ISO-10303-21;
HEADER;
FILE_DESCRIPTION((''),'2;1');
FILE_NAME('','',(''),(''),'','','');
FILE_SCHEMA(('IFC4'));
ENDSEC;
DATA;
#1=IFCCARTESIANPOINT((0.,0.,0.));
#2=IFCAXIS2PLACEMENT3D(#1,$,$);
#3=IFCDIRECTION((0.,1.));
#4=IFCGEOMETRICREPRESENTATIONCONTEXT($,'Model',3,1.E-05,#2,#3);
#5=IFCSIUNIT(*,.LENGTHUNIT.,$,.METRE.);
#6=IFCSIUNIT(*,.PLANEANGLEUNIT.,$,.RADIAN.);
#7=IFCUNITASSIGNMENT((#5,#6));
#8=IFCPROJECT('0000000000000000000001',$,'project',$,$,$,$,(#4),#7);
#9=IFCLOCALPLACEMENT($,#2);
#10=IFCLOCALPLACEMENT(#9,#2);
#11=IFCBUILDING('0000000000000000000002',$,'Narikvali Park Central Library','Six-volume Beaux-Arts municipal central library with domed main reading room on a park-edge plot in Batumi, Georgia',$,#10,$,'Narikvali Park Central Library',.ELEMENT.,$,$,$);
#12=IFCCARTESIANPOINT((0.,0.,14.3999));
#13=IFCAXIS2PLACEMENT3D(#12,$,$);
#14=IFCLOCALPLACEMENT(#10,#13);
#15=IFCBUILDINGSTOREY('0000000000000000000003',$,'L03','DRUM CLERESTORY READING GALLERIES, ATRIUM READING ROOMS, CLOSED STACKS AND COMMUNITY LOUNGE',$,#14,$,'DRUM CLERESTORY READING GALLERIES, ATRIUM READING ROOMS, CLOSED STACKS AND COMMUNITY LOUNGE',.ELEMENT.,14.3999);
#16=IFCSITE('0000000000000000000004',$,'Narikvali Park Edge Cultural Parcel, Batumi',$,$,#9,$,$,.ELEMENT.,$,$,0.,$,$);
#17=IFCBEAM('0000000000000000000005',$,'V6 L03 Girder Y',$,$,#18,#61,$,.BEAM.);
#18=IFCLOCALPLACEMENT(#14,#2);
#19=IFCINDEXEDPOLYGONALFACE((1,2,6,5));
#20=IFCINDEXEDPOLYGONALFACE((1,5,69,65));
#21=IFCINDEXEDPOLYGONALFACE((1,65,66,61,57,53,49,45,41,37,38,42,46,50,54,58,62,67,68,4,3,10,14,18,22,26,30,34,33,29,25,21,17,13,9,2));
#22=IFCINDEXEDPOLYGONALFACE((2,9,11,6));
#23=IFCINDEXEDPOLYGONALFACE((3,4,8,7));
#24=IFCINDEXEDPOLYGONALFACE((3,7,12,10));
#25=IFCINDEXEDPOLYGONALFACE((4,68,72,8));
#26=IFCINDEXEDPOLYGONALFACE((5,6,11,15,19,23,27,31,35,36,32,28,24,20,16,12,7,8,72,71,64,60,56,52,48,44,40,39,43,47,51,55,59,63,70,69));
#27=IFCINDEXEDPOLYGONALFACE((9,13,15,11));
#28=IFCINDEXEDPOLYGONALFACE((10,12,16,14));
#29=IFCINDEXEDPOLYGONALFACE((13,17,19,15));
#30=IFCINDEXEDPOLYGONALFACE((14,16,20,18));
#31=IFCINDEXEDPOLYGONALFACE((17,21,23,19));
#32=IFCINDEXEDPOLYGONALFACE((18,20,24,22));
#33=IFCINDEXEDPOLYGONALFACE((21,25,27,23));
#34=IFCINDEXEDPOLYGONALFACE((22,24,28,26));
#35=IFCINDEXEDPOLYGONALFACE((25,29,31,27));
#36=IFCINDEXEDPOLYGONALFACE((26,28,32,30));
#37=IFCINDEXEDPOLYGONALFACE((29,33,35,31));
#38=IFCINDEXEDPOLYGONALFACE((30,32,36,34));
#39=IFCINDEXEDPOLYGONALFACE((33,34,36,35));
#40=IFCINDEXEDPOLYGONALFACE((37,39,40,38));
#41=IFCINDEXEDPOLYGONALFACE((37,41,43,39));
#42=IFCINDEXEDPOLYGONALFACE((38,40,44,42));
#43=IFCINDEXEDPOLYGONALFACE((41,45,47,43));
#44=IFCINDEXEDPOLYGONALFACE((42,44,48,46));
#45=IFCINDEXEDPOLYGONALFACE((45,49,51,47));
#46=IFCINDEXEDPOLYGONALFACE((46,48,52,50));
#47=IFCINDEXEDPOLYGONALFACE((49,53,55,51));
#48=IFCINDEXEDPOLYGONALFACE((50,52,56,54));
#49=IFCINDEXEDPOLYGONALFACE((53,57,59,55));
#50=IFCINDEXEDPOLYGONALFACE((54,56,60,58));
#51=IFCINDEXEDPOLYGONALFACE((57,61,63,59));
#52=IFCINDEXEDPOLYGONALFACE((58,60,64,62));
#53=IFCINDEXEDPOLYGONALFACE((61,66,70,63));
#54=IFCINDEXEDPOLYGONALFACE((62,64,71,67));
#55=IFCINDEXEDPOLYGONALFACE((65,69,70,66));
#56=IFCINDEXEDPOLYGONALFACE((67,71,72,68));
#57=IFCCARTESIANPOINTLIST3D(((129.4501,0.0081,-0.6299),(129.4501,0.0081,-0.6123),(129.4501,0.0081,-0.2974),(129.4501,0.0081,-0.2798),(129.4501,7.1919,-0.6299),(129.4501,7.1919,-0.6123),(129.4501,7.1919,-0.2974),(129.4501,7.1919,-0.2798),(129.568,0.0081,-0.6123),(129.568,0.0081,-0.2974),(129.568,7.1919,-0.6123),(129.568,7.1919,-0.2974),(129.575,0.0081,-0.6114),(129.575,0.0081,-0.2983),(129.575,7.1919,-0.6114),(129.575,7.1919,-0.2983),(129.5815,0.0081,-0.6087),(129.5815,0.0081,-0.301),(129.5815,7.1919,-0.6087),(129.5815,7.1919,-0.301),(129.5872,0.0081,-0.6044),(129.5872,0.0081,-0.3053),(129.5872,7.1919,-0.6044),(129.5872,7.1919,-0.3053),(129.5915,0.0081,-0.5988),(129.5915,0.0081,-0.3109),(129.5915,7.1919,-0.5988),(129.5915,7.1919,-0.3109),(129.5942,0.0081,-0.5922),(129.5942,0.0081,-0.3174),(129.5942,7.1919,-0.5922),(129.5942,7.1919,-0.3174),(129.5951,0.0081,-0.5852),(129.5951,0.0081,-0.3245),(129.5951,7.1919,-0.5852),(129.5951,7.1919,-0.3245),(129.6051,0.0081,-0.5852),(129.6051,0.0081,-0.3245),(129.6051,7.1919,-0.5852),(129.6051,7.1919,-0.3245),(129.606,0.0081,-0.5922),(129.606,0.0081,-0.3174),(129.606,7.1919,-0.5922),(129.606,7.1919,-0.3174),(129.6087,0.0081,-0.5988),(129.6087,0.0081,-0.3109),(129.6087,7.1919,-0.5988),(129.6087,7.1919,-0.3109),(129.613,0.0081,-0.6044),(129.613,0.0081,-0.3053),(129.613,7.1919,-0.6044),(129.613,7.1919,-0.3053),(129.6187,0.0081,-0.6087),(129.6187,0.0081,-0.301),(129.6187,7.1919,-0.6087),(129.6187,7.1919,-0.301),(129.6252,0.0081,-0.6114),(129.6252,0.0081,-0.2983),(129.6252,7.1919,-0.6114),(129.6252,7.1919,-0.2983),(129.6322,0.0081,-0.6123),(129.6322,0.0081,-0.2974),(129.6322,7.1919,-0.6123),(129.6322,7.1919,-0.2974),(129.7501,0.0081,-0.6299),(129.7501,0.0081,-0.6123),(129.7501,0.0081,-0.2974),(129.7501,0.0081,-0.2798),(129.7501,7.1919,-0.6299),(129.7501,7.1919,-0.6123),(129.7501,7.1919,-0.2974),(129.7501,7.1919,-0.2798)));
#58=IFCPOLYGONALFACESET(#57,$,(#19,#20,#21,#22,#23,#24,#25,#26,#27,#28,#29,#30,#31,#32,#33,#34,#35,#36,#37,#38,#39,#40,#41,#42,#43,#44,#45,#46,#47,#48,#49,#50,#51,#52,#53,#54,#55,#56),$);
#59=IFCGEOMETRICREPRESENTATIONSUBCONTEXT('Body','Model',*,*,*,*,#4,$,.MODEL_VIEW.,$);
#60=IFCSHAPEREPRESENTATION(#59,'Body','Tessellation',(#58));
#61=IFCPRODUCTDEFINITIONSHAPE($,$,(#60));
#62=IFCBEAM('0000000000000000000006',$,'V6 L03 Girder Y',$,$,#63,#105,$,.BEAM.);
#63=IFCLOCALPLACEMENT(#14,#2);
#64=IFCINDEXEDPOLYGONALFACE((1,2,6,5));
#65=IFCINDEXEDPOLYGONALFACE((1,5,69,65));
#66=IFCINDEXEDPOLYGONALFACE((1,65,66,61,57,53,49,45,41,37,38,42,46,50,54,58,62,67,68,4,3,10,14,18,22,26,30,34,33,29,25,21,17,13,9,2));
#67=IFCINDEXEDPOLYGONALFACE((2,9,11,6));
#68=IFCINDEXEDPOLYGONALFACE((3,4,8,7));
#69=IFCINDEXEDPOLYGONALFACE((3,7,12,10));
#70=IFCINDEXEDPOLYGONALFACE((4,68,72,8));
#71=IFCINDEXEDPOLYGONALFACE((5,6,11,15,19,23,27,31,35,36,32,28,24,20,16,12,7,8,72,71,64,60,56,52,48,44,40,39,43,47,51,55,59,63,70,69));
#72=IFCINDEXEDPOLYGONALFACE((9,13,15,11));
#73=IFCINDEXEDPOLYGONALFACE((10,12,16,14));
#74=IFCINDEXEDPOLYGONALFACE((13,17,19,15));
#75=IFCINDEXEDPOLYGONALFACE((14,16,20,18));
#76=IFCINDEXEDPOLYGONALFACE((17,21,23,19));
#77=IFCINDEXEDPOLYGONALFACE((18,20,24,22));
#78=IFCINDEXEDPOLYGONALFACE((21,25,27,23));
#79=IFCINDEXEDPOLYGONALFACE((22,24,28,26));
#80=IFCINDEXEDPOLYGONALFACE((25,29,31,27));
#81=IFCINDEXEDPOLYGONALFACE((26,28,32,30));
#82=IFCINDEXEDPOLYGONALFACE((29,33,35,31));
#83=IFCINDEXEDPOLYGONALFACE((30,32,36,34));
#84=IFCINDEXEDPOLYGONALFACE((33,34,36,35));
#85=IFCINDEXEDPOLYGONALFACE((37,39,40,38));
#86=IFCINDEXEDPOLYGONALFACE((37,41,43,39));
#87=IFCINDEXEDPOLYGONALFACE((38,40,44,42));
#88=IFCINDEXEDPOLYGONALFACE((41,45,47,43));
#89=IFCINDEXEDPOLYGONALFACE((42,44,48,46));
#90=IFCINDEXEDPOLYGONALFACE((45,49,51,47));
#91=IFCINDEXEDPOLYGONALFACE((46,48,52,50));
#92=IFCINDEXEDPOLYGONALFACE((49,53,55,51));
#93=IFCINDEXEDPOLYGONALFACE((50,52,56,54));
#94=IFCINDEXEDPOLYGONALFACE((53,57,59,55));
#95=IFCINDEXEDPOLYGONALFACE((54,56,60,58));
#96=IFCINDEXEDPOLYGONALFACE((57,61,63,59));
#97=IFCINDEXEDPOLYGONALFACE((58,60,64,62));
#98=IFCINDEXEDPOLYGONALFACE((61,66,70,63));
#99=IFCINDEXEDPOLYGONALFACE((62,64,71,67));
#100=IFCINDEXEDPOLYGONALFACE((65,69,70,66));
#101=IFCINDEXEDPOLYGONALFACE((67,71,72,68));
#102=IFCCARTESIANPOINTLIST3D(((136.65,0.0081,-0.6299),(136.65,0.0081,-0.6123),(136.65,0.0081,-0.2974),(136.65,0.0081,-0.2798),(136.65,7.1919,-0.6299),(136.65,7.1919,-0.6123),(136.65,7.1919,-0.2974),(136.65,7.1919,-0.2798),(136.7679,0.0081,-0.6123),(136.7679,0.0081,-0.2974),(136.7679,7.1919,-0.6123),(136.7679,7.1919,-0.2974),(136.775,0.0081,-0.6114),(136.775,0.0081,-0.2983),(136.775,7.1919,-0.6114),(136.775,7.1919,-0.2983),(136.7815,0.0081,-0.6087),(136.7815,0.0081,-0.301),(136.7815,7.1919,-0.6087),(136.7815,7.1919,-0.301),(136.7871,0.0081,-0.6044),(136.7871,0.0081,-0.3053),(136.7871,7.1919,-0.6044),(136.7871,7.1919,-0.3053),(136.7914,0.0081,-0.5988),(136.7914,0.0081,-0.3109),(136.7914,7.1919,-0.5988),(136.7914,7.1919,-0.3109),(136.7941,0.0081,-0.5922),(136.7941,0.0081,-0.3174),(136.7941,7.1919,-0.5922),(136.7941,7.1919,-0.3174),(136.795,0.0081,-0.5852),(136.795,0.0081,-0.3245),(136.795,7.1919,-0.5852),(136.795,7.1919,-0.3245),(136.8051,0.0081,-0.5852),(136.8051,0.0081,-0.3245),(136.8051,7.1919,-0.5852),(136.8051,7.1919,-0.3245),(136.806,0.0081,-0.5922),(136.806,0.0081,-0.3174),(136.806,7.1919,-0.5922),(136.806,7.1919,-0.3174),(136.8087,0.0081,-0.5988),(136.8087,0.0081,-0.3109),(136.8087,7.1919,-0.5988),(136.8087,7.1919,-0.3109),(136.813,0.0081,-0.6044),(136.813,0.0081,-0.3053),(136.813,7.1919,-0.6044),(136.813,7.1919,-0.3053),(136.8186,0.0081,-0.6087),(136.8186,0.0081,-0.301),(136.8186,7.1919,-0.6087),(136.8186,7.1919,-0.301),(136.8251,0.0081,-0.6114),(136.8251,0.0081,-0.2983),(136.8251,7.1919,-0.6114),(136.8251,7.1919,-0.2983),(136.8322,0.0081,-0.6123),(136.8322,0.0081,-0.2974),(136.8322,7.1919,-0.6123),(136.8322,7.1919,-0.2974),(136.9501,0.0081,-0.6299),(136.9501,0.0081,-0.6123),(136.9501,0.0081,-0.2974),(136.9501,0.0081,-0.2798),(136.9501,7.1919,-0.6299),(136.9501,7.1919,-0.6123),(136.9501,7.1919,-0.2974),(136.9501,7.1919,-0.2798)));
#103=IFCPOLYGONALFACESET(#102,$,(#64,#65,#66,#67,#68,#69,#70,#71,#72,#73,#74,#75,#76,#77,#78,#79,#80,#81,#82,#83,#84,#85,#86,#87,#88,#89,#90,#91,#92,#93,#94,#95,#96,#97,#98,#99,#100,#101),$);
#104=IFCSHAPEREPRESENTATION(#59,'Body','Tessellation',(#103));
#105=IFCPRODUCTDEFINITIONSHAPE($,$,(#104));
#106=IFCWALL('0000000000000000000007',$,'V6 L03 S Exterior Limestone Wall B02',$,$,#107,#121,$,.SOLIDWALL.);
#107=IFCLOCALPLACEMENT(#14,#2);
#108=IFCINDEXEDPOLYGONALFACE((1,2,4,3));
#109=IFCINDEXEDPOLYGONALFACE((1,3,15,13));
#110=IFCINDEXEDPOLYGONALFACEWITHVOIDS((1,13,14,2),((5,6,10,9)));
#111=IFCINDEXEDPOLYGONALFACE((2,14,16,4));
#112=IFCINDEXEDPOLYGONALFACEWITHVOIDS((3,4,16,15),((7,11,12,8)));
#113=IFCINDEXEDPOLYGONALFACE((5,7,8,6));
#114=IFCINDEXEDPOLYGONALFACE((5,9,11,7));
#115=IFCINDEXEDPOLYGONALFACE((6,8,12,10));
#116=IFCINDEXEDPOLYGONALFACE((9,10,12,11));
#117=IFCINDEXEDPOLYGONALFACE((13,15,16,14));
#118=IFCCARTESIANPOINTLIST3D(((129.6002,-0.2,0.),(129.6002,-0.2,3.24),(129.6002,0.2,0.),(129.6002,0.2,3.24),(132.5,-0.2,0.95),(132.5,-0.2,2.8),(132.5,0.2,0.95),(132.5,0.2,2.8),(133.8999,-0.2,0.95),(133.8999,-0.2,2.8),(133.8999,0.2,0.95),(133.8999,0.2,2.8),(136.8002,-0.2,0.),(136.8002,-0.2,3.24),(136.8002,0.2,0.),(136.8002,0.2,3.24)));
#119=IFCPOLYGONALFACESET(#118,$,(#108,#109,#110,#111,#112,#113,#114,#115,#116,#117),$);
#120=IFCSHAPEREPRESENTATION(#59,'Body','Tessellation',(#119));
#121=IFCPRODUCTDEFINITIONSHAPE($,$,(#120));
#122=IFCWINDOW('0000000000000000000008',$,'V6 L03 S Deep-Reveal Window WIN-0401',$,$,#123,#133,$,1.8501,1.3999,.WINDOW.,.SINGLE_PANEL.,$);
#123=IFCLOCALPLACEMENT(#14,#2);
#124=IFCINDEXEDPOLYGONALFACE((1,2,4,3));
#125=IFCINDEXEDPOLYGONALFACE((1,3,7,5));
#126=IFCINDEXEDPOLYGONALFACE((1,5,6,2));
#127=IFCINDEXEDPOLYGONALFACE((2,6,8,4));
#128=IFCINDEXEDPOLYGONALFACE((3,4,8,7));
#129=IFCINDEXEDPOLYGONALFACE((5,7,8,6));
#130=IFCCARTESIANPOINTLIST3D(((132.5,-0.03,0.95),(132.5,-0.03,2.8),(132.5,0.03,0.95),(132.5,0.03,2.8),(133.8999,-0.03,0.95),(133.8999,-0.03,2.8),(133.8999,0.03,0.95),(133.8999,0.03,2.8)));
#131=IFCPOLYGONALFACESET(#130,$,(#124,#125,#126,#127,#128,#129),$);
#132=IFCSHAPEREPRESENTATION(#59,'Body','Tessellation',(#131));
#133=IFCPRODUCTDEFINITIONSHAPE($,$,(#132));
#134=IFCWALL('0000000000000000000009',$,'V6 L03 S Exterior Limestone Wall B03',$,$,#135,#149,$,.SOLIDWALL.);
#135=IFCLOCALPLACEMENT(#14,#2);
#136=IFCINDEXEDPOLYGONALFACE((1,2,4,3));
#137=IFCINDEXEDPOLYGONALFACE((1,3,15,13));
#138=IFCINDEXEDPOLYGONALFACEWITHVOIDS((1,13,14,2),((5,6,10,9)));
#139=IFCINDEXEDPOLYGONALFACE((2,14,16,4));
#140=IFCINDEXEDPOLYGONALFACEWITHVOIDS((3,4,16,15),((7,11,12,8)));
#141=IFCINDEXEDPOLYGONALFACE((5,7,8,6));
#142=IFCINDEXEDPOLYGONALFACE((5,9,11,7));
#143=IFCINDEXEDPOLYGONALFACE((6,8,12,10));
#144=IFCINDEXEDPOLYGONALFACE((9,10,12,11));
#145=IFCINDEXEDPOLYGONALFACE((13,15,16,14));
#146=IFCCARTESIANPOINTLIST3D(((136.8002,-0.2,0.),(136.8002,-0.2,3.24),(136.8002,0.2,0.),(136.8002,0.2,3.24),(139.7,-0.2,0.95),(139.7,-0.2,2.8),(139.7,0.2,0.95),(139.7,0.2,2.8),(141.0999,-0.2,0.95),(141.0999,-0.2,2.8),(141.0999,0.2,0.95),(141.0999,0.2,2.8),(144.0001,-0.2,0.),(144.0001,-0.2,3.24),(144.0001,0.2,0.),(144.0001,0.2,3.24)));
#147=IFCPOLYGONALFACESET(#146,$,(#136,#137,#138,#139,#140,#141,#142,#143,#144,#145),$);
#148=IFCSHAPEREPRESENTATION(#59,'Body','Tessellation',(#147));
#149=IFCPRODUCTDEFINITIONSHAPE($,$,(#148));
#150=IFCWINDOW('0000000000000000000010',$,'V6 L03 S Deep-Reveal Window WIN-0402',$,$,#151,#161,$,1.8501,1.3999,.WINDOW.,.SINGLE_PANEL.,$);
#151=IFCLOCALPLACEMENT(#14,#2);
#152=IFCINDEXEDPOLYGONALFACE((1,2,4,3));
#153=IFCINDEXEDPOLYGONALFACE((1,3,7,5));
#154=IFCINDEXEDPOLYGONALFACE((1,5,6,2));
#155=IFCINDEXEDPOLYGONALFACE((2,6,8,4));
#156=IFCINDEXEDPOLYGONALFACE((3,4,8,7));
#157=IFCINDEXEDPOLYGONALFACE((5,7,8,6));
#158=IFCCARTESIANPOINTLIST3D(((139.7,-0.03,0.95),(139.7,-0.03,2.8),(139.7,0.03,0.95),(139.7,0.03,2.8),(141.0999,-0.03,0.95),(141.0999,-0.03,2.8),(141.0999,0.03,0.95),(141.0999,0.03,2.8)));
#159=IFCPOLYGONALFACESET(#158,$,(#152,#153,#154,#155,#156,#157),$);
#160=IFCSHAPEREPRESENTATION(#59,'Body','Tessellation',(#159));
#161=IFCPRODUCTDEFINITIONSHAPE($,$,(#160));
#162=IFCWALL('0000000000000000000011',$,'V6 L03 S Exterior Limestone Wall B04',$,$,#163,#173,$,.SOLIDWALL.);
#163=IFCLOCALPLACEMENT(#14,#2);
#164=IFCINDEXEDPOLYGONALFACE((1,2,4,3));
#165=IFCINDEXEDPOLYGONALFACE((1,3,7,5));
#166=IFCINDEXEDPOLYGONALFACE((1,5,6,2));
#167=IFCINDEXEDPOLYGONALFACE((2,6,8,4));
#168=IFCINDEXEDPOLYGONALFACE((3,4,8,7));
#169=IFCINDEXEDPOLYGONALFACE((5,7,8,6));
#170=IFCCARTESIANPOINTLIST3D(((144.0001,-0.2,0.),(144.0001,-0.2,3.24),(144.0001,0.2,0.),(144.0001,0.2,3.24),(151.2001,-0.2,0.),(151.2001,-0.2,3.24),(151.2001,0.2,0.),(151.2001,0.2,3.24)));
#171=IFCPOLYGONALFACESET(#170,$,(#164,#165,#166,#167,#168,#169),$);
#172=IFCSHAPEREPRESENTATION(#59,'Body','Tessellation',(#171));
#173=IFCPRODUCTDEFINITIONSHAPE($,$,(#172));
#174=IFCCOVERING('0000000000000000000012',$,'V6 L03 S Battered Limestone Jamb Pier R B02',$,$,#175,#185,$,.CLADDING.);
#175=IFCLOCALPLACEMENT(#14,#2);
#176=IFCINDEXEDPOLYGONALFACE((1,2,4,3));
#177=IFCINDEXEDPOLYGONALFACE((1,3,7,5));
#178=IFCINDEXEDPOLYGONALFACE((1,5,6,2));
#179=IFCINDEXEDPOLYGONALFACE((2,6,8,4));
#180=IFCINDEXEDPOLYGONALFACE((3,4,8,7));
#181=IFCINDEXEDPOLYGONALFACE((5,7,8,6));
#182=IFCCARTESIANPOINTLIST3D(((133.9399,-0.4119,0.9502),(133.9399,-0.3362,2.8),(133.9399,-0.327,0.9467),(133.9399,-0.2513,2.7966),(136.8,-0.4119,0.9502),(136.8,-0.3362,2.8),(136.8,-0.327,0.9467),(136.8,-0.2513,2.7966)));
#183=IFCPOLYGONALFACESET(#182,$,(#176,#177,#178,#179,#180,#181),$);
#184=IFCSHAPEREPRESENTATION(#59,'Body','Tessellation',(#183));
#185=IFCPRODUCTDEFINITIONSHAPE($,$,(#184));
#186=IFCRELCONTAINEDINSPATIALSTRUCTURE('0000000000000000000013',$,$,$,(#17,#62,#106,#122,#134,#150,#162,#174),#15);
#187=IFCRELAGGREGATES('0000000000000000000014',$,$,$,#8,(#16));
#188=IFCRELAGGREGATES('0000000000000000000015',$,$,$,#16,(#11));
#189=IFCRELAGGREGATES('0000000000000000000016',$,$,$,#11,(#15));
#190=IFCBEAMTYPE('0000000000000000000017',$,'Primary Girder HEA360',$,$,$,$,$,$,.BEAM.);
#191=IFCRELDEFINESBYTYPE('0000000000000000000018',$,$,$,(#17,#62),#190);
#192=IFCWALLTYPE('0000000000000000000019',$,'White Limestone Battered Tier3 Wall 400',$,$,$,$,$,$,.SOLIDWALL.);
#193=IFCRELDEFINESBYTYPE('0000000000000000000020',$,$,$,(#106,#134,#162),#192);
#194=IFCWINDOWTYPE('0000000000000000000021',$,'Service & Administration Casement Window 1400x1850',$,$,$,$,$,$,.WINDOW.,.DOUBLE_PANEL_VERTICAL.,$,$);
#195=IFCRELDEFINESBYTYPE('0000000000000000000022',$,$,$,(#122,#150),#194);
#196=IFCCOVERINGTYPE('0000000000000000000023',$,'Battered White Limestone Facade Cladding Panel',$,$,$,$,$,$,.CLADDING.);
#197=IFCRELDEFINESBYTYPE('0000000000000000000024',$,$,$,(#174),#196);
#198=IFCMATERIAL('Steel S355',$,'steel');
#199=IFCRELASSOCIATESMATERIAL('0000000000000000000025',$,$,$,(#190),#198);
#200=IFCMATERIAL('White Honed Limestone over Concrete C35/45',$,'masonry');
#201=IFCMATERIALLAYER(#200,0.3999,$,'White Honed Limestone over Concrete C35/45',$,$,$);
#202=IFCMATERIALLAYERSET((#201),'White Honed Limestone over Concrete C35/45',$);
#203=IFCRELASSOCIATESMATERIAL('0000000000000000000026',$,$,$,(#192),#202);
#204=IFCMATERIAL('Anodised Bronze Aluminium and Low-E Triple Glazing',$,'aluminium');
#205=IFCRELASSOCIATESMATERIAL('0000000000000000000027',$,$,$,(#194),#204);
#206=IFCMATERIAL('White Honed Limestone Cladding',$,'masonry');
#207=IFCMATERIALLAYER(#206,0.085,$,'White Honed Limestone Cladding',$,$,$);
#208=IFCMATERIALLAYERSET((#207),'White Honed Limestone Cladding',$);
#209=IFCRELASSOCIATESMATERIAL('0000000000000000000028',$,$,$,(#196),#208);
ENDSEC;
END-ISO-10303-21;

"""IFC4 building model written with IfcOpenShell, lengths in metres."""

from ifc_helpers import new_model, si_unit, direction, frame, frame_2d, origin, origin_2d, place, context, subcontext, project, spatial, polyline, rectangle, i_section, outline, extrude, material, layer, layer_set, material_profile, profile_set, type_object, element, fill, save


model = new_model("IFC4")

# Units and contexts
model_context = context("Model", 3, precision=1e-05, world=origin(), true_north=direction((0.0, 1.0)))
body_context = subcontext(model_context, "Body", "Model", "MODEL_VIEW")
ifc_project = project(units=[si_unit("LENGTHUNIT", "METRE"), si_unit("PLANEANGLEUNIT", "RADIAN")], contexts=[model_context])

# Site, building, storey
site_placement = place(None, origin())
site = spatial("IfcSite", under=ifc_project, at=site_placement, Name="Narikvali Park Edge Cultural Parcel, Batumi", CompositionType="ELEMENT", RefElevation=0.0)
building_placement = place(site_placement, origin())
building = spatial("IfcBuilding", under=site, at=building_placement, Name="Narikvali Park Central Library", Description="Six-volume Beaux-Arts municipal central library with domed main reading room on a park-edge plot in Batumi, Georgia", LongName="Narikvali Park Central Library", CompositionType="ELEMENT")
storey_placement = place(building_placement, frame((0.0, 0.0, 14.3999)))
storey = spatial("IfcBuildingStorey", under=building, at=storey_placement, Name="L03", Description="DRUM CLERESTORY READING GALLERIES, ATRIUM READING ROOMS, CLOSED STACKS AND COMMUNITY LOUNGE", LongName="DRUM CLERESTORY READING GALLERIES, ATRIUM READING ROOMS, CLOSED STACKS AND COMMUNITY LOUNGE", CompositionType="ELEMENT", Elevation=14.3999)

# Shared definitions
ifc_material_1 = material(Name="Steel S355", Category="steel")

# Beams
ifc_material_profile_1 = material_profile(ifc_material_1, i_section(OverallWidth=0.3, OverallDepth=0.3501, WebThickness=0.01, FlangeThickness=0.0176, FilletRadius=0.0271, at=origin_2d()), Name="HEA 360")
ifc_profile_set_1 = profile_set([ifc_material_profile_1], Name="Steel S355")
beam_type_1 = type_object("IfcBeamType", Name="Primary Girder HEA360", PredefinedType="BEAM", material=ifc_profile_set_1)
for number, where, z_axis, x_axis, name in (
    (1, (129.6001, 0.0081, -0.4548), (0.0, 1.0, 0.0), (-1.0, 0.0, 0.0), "V6 L03 Girder Y"),
    (2, (136.8, 0.0081, -0.4548), (0.0, 1.0, 0.0), (-1.0, 0.0, 0.0), "V6 L03 Girder Y"),
):
    element("IfcBeam", number, at=place(storey_placement, frame(where, z_axis=z_axis, x_axis=x_axis)), inside=storey, type_object=beam_type_1, Name=name, PredefinedType="BEAM", context=body_context, shape_type="SweptSolid", body=[
        extrude(i_section(OverallWidth=0.3, OverallDepth=0.3501, WebThickness=0.01, FlangeThickness=0.0176, FilletRadius=0.0271, at=origin_2d()), origin(), (0.0, 0.0, 1.0), 7.1838),
    ])

# Walls, openings, windows
ifc_material_2 = material(Name="White Honed Limestone over Concrete C35/45", Category="masonry")
ifc_layer_1 = layer(ifc_material_2, 0.3999, Name="White Honed Limestone over Concrete C35/45")
ifc_layer_set_1 = layer_set([ifc_layer_1], Name="White Honed Limestone over Concrete C35/45")
wall_type = type_object("IfcWallType", Name="White Limestone Battered Tier3 Wall 400", PredefinedType="SOLIDWALL", material=ifc_layer_set_1)
wall_1_placement = place(storey_placement, frame((129.6001, 0.0, 0.0), z_axis=(0.0, 0.0, 1.0), x_axis=(1.0, 0.0, 0.0)))
wall_1 = element("IfcWall", 3, at=wall_1_placement, inside=storey, type_object=wall_type, Name="V6 L03 S Exterior Limestone Wall B02", PredefinedType="SOLIDWALL", context=body_context, shape_type="SweptSolid", body=[
    extrude(rectangle(XDim=7.2, YDim=0.3999, at=frame_2d((3.6001, 0.0))), origin(), (0.0, 0.0, 1.0), 3.24),
])
opening_1_placement = place(wall_1_placement, frame((2.8999, 0.0, 0.95)))
opening_1 = element("IfcOpeningElement", 4, at=opening_1_placement, cuts=wall_1, PredefinedType="OPENING", context=body_context, shape_type="SweptSolid", body=[
    extrude(rectangle(XDim=1.3999, YDim=1.8501, at=frame_2d((0.7, 0.925))), frame((0.0, 0.2119, 0.0), z_axis=(0.0, -1.0, 0.0), x_axis=(1.0, 0.0, 0.0)), (0.0, 0.0, 1.0), 0.4238),
])
ifc_material_3 = material(Name="Anodised Bronze Aluminium and Low-E Triple Glazing", Category="aluminium")
window_type = type_object("IfcWindowType", Name="Service & Administration Casement Window 1400x1850", PartitioningType="DOUBLE_PANEL_VERTICAL", PredefinedType="WINDOW", material=ifc_material_3)
window_1_placement = place(opening_1_placement, origin())
window_1 = element("IfcWindow", 5, at=window_1_placement, inside=storey, type_object=window_type, Name="V6 L03 S Deep-Reveal Window WIN-0401", OverallHeight=1.8501, OverallWidth=1.3999, PartitioningType="SINGLE_PANEL", PredefinedType="WINDOW", context=body_context, shape_type="SweptSolid", body=[
    extrude(rectangle(XDim=1.3999, YDim=1.8501, at=frame_2d((0.7, 0.925))), frame((0.0, 0.03, 0.0), z_axis=(0.0, -1.0, 0.0), x_axis=(1.0, 0.0, 0.0)), (0.0, 0.0, 1.0), 0.0601),
])
fill(opening_1, window_1)
wall_2_placement = place(storey_placement, frame((136.8, 0.0, 0.0), z_axis=(0.0, 0.0, 1.0), x_axis=(1.0, 0.0, 0.0)))
wall_2 = element("IfcWall", 6, at=wall_2_placement, inside=storey, type_object=wall_type, Name="V6 L03 S Exterior Limestone Wall B03", PredefinedType="SOLIDWALL", context=body_context, shape_type="SweptSolid", body=[
    extrude(rectangle(XDim=7.2, YDim=0.3999, at=frame_2d((3.6001, 0.0))), origin(), (0.0, 0.0, 1.0), 3.24),
])
opening_2_placement = place(wall_2_placement, frame((2.8999, 0.0, 0.95)))
opening_2 = element("IfcOpeningElement", 7, at=opening_2_placement, cuts=wall_2, PredefinedType="OPENING", context=body_context, shape_type="SweptSolid", body=[
    extrude(rectangle(XDim=1.3999, YDim=1.8501, at=frame_2d((0.7, 0.925))), frame((0.0, 0.2119, 0.0), z_axis=(0.0, -1.0, 0.0), x_axis=(1.0, 0.0, 0.0)), (0.0, 0.0, 1.0), 0.4238),
])
window_2_placement = place(opening_2_placement, origin())
window_2 = element("IfcWindow", 8, at=window_2_placement, inside=storey, type_object=window_type, Name="V6 L03 S Deep-Reveal Window WIN-0402", OverallHeight=1.8501, OverallWidth=1.3999, PartitioningType="SINGLE_PANEL", PredefinedType="WINDOW", context=body_context, shape_type="SweptSolid", body=[
    extrude(rectangle(XDim=1.3999, YDim=1.8501, at=frame_2d((0.7, 0.925))), frame((0.0, 0.03, 0.0), z_axis=(0.0, -1.0, 0.0), x_axis=(1.0, 0.0, 0.0)), (0.0, 0.0, 1.0), 0.0601),
])
fill(opening_2, window_2)

# Wall
wall_3_placement = place(storey_placement, frame((144.0, 0.0, 0.0), z_axis=(0.0, 0.0, 1.0), x_axis=(1.0, 0.0, 0.0)))
element("IfcWall", 9, at=wall_3_placement, inside=storey, type_object=wall_type, Name="V6 L03 S Exterior Limestone Wall B04", PredefinedType="SOLIDWALL", context=body_context, shape_type="SweptSolid", body=[
    extrude(rectangle(XDim=7.2, YDim=0.3999, at=frame_2d((3.6001, 0.0))), origin(), (0.0, 0.0, 1.0), 3.24),
])

# Covering
ifc_material_4 = material(Name="White Honed Limestone Cladding", Category="masonry")
ifc_layer_2 = layer(ifc_material_4, 0.085, Name="White Honed Limestone Cladding")
ifc_layer_set_2 = layer_set([ifc_layer_2], Name="White Honed Limestone Cladding")
covering_type = type_object("IfcCoveringType", Name="Battered White Limestone Facade Cladding Panel", PredefinedType="CLADDING", material=ifc_layer_set_2)
covering_1_placement = place(storey_placement, frame((133.9399, -0.4119, 0.9502), z_axis=(0.0, -0.999164, 0.040879), x_axis=(1.0, 0.0, 0.0)))
element("IfcCovering", 10, at=covering_1_placement, inside=storey, type_object=covering_type, Name="V6 L03 S Battered Limestone Jamb Pier R B02", PredefinedType="CLADDING", context=body_context, shape_type="SweptSolid", body=[
    extrude(outline(polyline([(0.0, 0.0), (2.8601, 0.0), (2.8601, 1.8514), (0.0, 1.8514), (0.0, 0.0)])), origin(), (0.0, 0.0, -1.0), 0.085),
])

save(model, "model.ifc")
